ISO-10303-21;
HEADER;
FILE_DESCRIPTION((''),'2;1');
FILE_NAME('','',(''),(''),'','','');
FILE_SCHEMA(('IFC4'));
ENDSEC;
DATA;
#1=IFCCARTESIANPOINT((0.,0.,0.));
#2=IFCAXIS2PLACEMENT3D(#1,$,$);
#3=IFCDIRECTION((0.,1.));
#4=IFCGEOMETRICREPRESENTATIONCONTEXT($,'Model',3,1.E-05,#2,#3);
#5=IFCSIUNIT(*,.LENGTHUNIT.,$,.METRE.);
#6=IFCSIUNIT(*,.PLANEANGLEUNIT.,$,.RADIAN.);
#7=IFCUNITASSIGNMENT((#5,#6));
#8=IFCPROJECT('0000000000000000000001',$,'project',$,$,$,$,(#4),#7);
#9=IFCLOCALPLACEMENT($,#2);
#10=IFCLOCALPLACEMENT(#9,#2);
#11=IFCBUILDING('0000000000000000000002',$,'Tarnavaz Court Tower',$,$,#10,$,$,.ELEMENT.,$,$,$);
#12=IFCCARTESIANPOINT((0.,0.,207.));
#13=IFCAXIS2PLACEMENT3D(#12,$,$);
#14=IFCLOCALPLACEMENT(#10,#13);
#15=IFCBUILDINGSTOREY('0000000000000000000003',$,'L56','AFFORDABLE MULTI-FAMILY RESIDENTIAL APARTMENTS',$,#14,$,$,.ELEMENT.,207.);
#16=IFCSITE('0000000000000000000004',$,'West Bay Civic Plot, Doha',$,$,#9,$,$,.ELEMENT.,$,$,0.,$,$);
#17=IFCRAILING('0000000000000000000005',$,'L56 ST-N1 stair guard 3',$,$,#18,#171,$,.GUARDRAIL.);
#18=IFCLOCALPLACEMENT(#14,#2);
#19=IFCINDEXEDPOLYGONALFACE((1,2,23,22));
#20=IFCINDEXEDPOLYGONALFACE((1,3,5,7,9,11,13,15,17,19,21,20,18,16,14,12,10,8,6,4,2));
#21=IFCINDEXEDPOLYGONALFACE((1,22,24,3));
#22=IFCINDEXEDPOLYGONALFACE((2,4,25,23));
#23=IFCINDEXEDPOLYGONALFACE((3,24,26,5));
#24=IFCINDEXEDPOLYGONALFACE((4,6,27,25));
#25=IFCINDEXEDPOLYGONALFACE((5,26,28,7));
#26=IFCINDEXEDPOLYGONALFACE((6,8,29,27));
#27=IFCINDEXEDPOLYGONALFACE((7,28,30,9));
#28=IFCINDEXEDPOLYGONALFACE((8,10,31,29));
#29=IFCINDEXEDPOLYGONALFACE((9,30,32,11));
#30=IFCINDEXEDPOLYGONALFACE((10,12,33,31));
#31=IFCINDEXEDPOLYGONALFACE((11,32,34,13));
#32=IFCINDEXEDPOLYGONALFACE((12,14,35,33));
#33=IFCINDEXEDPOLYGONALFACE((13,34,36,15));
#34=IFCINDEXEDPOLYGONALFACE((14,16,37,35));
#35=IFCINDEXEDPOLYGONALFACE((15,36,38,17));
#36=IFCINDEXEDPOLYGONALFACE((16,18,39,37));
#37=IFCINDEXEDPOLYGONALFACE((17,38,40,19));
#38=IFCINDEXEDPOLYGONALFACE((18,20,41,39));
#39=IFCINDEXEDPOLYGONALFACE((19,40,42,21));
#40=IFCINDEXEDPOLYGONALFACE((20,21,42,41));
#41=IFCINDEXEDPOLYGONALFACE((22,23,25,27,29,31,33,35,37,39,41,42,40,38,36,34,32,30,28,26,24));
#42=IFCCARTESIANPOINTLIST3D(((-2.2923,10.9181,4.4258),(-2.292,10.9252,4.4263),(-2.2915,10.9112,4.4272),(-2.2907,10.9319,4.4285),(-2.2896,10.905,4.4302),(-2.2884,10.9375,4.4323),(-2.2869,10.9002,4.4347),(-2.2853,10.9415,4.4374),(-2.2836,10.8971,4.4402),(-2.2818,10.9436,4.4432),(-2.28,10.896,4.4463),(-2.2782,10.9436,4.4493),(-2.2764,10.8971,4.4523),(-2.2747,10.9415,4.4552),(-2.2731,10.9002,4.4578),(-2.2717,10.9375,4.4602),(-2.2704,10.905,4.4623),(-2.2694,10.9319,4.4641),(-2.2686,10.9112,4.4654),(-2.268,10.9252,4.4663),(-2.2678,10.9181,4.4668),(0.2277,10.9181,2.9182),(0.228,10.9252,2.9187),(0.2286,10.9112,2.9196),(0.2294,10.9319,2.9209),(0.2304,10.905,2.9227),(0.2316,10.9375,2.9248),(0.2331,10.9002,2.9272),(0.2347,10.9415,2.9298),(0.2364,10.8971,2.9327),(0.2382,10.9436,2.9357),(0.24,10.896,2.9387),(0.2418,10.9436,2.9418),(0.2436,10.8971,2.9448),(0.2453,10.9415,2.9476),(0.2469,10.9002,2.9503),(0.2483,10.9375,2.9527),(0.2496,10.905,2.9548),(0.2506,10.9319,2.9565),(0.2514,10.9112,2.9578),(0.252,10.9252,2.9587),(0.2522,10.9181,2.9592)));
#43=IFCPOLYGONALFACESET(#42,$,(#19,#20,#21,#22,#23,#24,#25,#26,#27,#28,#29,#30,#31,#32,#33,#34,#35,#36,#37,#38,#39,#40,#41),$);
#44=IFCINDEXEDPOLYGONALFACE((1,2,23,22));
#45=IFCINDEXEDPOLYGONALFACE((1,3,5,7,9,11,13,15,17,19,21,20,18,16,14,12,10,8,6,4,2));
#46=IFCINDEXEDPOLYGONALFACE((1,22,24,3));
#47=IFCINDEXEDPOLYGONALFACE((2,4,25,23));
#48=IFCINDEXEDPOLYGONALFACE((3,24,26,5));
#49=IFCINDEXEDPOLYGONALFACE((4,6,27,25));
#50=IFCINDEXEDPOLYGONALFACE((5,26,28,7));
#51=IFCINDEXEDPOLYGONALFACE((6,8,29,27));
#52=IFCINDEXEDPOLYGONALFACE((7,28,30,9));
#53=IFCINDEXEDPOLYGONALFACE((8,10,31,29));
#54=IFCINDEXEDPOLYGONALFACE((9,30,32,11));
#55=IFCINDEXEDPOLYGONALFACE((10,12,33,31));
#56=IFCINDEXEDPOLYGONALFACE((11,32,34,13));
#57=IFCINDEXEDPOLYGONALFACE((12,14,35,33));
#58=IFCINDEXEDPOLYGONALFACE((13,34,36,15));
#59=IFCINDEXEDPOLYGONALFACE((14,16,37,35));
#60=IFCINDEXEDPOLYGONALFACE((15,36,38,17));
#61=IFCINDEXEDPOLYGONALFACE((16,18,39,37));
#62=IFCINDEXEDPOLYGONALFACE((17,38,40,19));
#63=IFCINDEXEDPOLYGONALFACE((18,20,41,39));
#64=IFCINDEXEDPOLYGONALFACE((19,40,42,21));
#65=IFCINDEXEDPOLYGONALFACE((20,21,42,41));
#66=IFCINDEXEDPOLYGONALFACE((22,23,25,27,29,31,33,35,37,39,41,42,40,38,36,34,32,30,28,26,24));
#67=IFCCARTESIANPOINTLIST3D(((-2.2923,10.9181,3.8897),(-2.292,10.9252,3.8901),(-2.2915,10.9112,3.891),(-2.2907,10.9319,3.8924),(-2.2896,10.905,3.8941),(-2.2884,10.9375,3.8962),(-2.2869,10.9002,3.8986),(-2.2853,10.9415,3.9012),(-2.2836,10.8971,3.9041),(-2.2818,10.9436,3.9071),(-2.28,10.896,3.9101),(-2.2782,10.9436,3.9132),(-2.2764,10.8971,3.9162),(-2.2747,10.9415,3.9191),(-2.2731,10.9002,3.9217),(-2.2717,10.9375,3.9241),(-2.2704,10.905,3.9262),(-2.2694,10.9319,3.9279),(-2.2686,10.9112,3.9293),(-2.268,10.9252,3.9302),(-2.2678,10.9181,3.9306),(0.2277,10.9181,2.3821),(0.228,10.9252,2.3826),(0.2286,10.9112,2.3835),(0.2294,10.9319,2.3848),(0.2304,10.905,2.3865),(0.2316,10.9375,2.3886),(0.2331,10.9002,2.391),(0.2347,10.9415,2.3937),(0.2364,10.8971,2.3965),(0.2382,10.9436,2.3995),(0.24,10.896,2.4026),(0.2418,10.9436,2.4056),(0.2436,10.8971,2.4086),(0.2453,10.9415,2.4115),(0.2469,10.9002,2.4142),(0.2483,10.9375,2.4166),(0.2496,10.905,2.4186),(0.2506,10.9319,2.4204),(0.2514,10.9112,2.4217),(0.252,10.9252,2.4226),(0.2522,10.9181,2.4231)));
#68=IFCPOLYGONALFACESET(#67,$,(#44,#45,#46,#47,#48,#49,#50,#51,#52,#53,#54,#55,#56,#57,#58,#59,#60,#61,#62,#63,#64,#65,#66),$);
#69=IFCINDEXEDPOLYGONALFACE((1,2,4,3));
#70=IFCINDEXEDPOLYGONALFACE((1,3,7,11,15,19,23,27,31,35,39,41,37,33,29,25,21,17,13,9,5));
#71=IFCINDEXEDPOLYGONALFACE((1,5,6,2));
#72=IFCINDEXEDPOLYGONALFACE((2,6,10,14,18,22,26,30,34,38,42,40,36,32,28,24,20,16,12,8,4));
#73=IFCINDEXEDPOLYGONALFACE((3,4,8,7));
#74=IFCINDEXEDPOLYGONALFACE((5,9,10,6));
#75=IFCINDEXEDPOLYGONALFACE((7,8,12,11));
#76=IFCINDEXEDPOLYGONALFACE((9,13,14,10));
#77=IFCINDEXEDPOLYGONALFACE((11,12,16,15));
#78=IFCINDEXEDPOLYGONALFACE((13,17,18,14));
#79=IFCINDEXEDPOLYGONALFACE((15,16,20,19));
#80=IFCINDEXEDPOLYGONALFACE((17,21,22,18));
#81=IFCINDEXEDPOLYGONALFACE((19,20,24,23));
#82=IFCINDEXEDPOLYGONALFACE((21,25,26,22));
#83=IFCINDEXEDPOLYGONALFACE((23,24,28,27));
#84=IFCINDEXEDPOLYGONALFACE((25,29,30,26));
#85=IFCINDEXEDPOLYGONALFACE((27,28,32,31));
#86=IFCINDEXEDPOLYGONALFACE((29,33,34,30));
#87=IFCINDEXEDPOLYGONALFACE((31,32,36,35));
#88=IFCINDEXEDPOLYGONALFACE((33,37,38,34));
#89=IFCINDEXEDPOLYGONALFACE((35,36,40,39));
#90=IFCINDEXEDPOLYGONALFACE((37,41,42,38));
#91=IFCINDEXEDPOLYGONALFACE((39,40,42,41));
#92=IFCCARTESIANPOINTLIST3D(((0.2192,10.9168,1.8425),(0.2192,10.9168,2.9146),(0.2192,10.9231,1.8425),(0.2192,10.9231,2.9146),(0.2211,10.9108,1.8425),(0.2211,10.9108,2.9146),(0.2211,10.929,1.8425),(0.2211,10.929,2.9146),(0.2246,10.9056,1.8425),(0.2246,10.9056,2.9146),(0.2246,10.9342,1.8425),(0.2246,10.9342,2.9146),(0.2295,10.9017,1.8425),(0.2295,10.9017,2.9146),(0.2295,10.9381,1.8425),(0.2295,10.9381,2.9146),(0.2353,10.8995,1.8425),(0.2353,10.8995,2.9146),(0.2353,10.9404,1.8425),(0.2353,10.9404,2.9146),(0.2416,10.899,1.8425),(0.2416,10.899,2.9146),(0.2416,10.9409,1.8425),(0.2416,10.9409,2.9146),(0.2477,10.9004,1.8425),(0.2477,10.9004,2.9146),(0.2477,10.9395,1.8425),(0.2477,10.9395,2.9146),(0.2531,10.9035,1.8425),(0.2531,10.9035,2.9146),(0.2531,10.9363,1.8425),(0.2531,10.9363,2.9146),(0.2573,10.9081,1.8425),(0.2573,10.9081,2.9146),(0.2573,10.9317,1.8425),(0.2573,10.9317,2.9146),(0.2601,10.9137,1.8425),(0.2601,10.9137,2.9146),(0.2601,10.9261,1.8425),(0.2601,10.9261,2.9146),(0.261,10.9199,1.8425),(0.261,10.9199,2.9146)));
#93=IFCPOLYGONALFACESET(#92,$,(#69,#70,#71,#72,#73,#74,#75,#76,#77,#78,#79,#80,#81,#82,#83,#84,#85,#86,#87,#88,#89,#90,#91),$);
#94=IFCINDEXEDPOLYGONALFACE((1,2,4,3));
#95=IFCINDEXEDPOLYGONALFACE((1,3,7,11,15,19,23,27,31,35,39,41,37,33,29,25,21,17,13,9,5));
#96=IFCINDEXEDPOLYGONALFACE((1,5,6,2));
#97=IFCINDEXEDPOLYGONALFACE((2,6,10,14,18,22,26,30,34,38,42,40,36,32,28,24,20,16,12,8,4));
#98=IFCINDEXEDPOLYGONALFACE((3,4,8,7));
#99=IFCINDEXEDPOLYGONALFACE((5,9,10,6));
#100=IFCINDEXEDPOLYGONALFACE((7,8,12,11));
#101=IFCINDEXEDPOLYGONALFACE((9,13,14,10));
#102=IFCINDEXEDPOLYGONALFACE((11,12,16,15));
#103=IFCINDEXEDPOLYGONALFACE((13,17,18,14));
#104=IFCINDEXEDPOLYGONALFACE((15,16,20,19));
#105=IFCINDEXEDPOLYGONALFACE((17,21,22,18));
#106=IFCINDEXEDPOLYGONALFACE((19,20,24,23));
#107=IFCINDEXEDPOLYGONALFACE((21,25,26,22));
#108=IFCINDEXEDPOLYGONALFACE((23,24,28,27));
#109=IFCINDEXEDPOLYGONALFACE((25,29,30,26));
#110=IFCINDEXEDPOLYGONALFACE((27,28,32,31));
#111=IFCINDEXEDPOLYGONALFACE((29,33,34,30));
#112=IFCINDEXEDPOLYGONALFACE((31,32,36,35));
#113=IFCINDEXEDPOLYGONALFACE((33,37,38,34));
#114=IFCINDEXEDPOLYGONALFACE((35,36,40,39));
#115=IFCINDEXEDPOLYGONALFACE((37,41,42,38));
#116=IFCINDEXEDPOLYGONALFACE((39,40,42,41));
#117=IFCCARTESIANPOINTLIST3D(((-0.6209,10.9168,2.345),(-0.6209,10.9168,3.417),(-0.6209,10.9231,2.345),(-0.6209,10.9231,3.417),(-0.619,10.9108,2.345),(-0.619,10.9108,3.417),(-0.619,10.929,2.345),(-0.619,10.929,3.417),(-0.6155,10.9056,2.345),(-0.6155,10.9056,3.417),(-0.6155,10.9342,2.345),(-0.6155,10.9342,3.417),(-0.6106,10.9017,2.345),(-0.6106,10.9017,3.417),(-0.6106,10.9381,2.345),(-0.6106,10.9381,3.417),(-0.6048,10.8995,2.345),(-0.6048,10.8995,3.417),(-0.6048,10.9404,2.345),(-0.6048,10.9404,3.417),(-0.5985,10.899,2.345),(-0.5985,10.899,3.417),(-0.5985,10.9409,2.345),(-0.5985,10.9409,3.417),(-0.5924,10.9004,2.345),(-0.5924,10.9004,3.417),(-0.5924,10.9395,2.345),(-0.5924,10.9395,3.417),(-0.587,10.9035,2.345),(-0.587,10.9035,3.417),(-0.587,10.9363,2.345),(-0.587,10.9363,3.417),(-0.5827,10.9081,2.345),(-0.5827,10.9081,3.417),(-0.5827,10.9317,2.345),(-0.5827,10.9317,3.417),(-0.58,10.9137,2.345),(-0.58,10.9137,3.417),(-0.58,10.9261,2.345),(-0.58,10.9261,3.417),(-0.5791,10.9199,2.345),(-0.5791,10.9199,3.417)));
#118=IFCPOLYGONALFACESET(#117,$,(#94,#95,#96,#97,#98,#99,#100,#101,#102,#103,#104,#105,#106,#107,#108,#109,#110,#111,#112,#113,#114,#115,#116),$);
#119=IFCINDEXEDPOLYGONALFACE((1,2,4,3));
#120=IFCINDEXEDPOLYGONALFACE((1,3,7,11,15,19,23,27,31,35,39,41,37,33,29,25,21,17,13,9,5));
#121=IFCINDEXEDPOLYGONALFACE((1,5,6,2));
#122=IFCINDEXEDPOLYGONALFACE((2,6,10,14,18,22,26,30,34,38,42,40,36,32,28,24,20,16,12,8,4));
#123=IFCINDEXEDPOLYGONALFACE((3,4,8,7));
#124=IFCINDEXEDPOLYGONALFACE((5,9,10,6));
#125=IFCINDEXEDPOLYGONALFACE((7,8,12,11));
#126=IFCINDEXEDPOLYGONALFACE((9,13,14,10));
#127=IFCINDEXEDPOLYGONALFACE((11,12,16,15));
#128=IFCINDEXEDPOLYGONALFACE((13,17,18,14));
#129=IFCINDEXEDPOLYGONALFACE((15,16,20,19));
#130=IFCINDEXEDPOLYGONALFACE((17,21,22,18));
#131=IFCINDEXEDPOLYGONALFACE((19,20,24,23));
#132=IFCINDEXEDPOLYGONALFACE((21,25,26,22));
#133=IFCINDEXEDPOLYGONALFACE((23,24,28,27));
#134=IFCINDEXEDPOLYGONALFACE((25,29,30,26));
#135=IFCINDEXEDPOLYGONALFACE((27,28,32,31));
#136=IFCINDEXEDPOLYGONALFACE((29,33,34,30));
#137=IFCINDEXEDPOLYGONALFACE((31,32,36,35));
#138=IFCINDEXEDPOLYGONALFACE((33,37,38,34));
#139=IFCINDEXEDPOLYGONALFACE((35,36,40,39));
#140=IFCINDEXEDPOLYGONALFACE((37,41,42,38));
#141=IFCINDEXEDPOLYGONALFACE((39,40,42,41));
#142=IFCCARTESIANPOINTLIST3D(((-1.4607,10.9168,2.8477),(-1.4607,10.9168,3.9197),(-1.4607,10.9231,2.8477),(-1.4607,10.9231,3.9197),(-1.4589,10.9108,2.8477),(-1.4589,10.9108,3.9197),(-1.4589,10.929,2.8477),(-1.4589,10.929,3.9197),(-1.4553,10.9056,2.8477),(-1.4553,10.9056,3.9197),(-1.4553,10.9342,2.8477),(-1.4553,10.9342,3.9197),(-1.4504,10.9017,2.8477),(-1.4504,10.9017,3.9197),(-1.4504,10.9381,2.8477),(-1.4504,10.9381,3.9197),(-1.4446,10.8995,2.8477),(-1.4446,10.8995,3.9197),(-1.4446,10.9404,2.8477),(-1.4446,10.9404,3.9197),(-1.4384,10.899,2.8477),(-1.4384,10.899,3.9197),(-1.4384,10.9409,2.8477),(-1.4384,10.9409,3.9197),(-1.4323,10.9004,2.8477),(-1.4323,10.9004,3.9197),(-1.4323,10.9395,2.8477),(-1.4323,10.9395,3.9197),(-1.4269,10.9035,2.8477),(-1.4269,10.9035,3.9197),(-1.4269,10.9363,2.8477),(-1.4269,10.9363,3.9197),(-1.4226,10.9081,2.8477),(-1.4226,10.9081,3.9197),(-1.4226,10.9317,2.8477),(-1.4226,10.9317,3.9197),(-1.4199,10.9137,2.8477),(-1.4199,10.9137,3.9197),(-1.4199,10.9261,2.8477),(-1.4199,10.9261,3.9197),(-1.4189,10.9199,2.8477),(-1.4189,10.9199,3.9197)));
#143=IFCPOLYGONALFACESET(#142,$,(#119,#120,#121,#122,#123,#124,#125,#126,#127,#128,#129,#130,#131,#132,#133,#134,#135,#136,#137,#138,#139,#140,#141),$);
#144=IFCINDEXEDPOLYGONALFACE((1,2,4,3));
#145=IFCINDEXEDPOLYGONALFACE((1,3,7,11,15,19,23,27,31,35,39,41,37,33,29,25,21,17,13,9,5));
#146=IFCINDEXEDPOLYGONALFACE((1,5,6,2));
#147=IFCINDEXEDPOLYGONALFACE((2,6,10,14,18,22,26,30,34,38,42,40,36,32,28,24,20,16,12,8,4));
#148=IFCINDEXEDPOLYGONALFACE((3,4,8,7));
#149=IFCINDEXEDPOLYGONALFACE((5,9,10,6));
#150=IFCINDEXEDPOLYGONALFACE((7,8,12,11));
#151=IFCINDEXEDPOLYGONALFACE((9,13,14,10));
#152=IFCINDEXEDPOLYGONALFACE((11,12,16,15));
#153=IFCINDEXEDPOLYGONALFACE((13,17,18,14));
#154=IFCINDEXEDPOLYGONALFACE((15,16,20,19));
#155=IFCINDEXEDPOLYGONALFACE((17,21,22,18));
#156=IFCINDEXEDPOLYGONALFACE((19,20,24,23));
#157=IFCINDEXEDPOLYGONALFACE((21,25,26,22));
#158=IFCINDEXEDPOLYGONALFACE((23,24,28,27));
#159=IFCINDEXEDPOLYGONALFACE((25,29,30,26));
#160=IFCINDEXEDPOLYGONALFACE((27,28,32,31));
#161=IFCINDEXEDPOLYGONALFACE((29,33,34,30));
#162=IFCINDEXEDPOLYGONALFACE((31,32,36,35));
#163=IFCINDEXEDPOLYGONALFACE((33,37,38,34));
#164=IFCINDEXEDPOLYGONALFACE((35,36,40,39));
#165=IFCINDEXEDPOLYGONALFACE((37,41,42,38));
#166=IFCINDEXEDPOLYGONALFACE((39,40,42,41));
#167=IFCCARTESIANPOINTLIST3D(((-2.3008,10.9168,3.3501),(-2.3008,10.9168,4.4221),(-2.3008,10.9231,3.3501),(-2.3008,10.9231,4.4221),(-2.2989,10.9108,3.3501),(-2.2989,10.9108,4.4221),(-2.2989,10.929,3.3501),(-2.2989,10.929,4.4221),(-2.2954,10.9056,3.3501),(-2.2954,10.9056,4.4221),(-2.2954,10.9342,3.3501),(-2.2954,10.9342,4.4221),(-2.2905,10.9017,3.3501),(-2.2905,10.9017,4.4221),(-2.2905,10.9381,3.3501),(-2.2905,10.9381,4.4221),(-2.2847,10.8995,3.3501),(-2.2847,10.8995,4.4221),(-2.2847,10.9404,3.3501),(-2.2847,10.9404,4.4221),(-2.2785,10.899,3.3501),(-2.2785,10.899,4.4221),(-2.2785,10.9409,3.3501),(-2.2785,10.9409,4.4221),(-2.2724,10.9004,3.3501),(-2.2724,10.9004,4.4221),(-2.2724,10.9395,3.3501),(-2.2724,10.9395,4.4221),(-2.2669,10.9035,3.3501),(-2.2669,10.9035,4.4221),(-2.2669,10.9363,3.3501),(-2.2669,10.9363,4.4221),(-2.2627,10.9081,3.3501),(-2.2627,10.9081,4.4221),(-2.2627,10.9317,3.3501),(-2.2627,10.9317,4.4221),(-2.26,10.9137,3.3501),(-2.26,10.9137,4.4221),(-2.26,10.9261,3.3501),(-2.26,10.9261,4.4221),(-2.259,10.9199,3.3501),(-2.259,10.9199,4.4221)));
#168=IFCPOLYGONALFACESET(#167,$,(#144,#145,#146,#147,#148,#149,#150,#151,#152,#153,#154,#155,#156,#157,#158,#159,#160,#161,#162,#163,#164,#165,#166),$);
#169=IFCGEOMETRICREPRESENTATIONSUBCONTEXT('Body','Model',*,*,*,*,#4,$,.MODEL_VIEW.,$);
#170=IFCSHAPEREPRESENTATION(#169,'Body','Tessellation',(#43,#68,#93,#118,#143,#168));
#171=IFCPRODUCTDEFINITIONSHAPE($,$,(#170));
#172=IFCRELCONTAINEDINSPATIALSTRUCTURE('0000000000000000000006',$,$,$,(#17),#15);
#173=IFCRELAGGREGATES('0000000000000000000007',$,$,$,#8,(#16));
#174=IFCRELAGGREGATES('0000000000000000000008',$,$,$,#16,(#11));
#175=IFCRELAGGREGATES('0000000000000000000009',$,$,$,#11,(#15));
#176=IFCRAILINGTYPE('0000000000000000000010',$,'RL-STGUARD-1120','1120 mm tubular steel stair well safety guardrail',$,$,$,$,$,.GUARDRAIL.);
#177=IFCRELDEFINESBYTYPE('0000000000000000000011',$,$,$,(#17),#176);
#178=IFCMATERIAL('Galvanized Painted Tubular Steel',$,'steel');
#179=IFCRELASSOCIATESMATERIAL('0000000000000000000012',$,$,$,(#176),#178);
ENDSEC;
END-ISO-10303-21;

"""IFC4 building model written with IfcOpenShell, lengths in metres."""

from ifc_helpers import new_model, si_unit, direction, frame, origin, origin_2d, place, context, subcontext, project, spatial, circle, extrude, material, type_object, element, save


model = new_model("IFC4")

# Units and contexts
model_context = context("Model", 3, precision=1e-05, world=origin(), true_north=direction((0.0, 1.0)))
body_context = subcontext(model_context, "Body", "Model", "MODEL_VIEW")
ifc_project = project(units=[si_unit("LENGTHUNIT", "METRE"), si_unit("PLANEANGLEUNIT", "RADIAN")], contexts=[model_context])

# Site, building, storey
site_placement = place(None, origin())
site = spatial("IfcSite", under=ifc_project, at=site_placement, Name="West Bay Civic Plot, Doha", CompositionType="ELEMENT", RefElevation=0.0)
building_placement = place(site_placement, origin())
building = spatial("IfcBuilding", under=site, at=building_placement, Name="Tarnavaz Court Tower", CompositionType="ELEMENT")
storey_placement = place(building_placement, frame((0.0, 0.0, 207.0)))
storey = spatial("IfcBuildingStorey", under=building, at=storey_placement, Name="L56", Description="AFFORDABLE MULTI-FAMILY RESIDENTIAL APARTMENTS", CompositionType="ELEMENT", Elevation=207.0)

# Railing
ifc_material_1 = material(Name="Galvanized Painted Tubular Steel", Category="steel")
railing_type_1 = type_object("IfcRailingType", Name="RL-STGUARD-1120", Description="1120 mm tubular steel stair well safety guardrail", PredefinedType="GUARDRAIL", material=ifc_material_1)
railing_1_placement = place(storey_placement, frame((0.24, 10.9199, 1.8425)))
element("IfcRailing", 1, at=railing_1_placement, inside=storey, type_object=railing_type_1, Name="L56 ST-N1 stair guard 3", PredefinedType="GUARDRAIL", context=body_context, shape_type="SweptSolid", body=[
    extrude(circle(Radius=0.0239, at=origin_2d()), frame((0.0, 0.0, 1.0962), z_axis=(-0.85816, 0.0, 0.513383), x_axis=(0.0, -1.0, 0.0)), (0.0, 0.0, 1.0), 2.9365),
    extrude(circle(Radius=0.0239, at=origin_2d()), frame((0.0, 0.0, 0.5601), z_axis=(-0.85816, 0.0, 0.513383), x_axis=(0.0, -1.0, 0.0)), (0.0, 0.0, 1.0), 2.9365),
    extrude(circle(Radius=0.021, at=origin_2d()), origin(), (0.0, 0.0, 1.0), 1.072),
    extrude(circle(Radius=0.021, at=origin_2d()), frame((-0.8401, 0.0, 0.5024)), (0.0, 0.0, 1.0), 1.072),
    extrude(circle(Radius=0.021, at=origin_2d()), frame((-1.6799, 0.0, 1.0051)), (0.0, 0.0, 1.0), 1.072),
    extrude(circle(Radius=0.021, at=origin_2d()), frame((-2.52, 0.0, 1.5076)), (0.0, 0.0, 1.0), 1.072),
])

save(model, "model.ifc")
